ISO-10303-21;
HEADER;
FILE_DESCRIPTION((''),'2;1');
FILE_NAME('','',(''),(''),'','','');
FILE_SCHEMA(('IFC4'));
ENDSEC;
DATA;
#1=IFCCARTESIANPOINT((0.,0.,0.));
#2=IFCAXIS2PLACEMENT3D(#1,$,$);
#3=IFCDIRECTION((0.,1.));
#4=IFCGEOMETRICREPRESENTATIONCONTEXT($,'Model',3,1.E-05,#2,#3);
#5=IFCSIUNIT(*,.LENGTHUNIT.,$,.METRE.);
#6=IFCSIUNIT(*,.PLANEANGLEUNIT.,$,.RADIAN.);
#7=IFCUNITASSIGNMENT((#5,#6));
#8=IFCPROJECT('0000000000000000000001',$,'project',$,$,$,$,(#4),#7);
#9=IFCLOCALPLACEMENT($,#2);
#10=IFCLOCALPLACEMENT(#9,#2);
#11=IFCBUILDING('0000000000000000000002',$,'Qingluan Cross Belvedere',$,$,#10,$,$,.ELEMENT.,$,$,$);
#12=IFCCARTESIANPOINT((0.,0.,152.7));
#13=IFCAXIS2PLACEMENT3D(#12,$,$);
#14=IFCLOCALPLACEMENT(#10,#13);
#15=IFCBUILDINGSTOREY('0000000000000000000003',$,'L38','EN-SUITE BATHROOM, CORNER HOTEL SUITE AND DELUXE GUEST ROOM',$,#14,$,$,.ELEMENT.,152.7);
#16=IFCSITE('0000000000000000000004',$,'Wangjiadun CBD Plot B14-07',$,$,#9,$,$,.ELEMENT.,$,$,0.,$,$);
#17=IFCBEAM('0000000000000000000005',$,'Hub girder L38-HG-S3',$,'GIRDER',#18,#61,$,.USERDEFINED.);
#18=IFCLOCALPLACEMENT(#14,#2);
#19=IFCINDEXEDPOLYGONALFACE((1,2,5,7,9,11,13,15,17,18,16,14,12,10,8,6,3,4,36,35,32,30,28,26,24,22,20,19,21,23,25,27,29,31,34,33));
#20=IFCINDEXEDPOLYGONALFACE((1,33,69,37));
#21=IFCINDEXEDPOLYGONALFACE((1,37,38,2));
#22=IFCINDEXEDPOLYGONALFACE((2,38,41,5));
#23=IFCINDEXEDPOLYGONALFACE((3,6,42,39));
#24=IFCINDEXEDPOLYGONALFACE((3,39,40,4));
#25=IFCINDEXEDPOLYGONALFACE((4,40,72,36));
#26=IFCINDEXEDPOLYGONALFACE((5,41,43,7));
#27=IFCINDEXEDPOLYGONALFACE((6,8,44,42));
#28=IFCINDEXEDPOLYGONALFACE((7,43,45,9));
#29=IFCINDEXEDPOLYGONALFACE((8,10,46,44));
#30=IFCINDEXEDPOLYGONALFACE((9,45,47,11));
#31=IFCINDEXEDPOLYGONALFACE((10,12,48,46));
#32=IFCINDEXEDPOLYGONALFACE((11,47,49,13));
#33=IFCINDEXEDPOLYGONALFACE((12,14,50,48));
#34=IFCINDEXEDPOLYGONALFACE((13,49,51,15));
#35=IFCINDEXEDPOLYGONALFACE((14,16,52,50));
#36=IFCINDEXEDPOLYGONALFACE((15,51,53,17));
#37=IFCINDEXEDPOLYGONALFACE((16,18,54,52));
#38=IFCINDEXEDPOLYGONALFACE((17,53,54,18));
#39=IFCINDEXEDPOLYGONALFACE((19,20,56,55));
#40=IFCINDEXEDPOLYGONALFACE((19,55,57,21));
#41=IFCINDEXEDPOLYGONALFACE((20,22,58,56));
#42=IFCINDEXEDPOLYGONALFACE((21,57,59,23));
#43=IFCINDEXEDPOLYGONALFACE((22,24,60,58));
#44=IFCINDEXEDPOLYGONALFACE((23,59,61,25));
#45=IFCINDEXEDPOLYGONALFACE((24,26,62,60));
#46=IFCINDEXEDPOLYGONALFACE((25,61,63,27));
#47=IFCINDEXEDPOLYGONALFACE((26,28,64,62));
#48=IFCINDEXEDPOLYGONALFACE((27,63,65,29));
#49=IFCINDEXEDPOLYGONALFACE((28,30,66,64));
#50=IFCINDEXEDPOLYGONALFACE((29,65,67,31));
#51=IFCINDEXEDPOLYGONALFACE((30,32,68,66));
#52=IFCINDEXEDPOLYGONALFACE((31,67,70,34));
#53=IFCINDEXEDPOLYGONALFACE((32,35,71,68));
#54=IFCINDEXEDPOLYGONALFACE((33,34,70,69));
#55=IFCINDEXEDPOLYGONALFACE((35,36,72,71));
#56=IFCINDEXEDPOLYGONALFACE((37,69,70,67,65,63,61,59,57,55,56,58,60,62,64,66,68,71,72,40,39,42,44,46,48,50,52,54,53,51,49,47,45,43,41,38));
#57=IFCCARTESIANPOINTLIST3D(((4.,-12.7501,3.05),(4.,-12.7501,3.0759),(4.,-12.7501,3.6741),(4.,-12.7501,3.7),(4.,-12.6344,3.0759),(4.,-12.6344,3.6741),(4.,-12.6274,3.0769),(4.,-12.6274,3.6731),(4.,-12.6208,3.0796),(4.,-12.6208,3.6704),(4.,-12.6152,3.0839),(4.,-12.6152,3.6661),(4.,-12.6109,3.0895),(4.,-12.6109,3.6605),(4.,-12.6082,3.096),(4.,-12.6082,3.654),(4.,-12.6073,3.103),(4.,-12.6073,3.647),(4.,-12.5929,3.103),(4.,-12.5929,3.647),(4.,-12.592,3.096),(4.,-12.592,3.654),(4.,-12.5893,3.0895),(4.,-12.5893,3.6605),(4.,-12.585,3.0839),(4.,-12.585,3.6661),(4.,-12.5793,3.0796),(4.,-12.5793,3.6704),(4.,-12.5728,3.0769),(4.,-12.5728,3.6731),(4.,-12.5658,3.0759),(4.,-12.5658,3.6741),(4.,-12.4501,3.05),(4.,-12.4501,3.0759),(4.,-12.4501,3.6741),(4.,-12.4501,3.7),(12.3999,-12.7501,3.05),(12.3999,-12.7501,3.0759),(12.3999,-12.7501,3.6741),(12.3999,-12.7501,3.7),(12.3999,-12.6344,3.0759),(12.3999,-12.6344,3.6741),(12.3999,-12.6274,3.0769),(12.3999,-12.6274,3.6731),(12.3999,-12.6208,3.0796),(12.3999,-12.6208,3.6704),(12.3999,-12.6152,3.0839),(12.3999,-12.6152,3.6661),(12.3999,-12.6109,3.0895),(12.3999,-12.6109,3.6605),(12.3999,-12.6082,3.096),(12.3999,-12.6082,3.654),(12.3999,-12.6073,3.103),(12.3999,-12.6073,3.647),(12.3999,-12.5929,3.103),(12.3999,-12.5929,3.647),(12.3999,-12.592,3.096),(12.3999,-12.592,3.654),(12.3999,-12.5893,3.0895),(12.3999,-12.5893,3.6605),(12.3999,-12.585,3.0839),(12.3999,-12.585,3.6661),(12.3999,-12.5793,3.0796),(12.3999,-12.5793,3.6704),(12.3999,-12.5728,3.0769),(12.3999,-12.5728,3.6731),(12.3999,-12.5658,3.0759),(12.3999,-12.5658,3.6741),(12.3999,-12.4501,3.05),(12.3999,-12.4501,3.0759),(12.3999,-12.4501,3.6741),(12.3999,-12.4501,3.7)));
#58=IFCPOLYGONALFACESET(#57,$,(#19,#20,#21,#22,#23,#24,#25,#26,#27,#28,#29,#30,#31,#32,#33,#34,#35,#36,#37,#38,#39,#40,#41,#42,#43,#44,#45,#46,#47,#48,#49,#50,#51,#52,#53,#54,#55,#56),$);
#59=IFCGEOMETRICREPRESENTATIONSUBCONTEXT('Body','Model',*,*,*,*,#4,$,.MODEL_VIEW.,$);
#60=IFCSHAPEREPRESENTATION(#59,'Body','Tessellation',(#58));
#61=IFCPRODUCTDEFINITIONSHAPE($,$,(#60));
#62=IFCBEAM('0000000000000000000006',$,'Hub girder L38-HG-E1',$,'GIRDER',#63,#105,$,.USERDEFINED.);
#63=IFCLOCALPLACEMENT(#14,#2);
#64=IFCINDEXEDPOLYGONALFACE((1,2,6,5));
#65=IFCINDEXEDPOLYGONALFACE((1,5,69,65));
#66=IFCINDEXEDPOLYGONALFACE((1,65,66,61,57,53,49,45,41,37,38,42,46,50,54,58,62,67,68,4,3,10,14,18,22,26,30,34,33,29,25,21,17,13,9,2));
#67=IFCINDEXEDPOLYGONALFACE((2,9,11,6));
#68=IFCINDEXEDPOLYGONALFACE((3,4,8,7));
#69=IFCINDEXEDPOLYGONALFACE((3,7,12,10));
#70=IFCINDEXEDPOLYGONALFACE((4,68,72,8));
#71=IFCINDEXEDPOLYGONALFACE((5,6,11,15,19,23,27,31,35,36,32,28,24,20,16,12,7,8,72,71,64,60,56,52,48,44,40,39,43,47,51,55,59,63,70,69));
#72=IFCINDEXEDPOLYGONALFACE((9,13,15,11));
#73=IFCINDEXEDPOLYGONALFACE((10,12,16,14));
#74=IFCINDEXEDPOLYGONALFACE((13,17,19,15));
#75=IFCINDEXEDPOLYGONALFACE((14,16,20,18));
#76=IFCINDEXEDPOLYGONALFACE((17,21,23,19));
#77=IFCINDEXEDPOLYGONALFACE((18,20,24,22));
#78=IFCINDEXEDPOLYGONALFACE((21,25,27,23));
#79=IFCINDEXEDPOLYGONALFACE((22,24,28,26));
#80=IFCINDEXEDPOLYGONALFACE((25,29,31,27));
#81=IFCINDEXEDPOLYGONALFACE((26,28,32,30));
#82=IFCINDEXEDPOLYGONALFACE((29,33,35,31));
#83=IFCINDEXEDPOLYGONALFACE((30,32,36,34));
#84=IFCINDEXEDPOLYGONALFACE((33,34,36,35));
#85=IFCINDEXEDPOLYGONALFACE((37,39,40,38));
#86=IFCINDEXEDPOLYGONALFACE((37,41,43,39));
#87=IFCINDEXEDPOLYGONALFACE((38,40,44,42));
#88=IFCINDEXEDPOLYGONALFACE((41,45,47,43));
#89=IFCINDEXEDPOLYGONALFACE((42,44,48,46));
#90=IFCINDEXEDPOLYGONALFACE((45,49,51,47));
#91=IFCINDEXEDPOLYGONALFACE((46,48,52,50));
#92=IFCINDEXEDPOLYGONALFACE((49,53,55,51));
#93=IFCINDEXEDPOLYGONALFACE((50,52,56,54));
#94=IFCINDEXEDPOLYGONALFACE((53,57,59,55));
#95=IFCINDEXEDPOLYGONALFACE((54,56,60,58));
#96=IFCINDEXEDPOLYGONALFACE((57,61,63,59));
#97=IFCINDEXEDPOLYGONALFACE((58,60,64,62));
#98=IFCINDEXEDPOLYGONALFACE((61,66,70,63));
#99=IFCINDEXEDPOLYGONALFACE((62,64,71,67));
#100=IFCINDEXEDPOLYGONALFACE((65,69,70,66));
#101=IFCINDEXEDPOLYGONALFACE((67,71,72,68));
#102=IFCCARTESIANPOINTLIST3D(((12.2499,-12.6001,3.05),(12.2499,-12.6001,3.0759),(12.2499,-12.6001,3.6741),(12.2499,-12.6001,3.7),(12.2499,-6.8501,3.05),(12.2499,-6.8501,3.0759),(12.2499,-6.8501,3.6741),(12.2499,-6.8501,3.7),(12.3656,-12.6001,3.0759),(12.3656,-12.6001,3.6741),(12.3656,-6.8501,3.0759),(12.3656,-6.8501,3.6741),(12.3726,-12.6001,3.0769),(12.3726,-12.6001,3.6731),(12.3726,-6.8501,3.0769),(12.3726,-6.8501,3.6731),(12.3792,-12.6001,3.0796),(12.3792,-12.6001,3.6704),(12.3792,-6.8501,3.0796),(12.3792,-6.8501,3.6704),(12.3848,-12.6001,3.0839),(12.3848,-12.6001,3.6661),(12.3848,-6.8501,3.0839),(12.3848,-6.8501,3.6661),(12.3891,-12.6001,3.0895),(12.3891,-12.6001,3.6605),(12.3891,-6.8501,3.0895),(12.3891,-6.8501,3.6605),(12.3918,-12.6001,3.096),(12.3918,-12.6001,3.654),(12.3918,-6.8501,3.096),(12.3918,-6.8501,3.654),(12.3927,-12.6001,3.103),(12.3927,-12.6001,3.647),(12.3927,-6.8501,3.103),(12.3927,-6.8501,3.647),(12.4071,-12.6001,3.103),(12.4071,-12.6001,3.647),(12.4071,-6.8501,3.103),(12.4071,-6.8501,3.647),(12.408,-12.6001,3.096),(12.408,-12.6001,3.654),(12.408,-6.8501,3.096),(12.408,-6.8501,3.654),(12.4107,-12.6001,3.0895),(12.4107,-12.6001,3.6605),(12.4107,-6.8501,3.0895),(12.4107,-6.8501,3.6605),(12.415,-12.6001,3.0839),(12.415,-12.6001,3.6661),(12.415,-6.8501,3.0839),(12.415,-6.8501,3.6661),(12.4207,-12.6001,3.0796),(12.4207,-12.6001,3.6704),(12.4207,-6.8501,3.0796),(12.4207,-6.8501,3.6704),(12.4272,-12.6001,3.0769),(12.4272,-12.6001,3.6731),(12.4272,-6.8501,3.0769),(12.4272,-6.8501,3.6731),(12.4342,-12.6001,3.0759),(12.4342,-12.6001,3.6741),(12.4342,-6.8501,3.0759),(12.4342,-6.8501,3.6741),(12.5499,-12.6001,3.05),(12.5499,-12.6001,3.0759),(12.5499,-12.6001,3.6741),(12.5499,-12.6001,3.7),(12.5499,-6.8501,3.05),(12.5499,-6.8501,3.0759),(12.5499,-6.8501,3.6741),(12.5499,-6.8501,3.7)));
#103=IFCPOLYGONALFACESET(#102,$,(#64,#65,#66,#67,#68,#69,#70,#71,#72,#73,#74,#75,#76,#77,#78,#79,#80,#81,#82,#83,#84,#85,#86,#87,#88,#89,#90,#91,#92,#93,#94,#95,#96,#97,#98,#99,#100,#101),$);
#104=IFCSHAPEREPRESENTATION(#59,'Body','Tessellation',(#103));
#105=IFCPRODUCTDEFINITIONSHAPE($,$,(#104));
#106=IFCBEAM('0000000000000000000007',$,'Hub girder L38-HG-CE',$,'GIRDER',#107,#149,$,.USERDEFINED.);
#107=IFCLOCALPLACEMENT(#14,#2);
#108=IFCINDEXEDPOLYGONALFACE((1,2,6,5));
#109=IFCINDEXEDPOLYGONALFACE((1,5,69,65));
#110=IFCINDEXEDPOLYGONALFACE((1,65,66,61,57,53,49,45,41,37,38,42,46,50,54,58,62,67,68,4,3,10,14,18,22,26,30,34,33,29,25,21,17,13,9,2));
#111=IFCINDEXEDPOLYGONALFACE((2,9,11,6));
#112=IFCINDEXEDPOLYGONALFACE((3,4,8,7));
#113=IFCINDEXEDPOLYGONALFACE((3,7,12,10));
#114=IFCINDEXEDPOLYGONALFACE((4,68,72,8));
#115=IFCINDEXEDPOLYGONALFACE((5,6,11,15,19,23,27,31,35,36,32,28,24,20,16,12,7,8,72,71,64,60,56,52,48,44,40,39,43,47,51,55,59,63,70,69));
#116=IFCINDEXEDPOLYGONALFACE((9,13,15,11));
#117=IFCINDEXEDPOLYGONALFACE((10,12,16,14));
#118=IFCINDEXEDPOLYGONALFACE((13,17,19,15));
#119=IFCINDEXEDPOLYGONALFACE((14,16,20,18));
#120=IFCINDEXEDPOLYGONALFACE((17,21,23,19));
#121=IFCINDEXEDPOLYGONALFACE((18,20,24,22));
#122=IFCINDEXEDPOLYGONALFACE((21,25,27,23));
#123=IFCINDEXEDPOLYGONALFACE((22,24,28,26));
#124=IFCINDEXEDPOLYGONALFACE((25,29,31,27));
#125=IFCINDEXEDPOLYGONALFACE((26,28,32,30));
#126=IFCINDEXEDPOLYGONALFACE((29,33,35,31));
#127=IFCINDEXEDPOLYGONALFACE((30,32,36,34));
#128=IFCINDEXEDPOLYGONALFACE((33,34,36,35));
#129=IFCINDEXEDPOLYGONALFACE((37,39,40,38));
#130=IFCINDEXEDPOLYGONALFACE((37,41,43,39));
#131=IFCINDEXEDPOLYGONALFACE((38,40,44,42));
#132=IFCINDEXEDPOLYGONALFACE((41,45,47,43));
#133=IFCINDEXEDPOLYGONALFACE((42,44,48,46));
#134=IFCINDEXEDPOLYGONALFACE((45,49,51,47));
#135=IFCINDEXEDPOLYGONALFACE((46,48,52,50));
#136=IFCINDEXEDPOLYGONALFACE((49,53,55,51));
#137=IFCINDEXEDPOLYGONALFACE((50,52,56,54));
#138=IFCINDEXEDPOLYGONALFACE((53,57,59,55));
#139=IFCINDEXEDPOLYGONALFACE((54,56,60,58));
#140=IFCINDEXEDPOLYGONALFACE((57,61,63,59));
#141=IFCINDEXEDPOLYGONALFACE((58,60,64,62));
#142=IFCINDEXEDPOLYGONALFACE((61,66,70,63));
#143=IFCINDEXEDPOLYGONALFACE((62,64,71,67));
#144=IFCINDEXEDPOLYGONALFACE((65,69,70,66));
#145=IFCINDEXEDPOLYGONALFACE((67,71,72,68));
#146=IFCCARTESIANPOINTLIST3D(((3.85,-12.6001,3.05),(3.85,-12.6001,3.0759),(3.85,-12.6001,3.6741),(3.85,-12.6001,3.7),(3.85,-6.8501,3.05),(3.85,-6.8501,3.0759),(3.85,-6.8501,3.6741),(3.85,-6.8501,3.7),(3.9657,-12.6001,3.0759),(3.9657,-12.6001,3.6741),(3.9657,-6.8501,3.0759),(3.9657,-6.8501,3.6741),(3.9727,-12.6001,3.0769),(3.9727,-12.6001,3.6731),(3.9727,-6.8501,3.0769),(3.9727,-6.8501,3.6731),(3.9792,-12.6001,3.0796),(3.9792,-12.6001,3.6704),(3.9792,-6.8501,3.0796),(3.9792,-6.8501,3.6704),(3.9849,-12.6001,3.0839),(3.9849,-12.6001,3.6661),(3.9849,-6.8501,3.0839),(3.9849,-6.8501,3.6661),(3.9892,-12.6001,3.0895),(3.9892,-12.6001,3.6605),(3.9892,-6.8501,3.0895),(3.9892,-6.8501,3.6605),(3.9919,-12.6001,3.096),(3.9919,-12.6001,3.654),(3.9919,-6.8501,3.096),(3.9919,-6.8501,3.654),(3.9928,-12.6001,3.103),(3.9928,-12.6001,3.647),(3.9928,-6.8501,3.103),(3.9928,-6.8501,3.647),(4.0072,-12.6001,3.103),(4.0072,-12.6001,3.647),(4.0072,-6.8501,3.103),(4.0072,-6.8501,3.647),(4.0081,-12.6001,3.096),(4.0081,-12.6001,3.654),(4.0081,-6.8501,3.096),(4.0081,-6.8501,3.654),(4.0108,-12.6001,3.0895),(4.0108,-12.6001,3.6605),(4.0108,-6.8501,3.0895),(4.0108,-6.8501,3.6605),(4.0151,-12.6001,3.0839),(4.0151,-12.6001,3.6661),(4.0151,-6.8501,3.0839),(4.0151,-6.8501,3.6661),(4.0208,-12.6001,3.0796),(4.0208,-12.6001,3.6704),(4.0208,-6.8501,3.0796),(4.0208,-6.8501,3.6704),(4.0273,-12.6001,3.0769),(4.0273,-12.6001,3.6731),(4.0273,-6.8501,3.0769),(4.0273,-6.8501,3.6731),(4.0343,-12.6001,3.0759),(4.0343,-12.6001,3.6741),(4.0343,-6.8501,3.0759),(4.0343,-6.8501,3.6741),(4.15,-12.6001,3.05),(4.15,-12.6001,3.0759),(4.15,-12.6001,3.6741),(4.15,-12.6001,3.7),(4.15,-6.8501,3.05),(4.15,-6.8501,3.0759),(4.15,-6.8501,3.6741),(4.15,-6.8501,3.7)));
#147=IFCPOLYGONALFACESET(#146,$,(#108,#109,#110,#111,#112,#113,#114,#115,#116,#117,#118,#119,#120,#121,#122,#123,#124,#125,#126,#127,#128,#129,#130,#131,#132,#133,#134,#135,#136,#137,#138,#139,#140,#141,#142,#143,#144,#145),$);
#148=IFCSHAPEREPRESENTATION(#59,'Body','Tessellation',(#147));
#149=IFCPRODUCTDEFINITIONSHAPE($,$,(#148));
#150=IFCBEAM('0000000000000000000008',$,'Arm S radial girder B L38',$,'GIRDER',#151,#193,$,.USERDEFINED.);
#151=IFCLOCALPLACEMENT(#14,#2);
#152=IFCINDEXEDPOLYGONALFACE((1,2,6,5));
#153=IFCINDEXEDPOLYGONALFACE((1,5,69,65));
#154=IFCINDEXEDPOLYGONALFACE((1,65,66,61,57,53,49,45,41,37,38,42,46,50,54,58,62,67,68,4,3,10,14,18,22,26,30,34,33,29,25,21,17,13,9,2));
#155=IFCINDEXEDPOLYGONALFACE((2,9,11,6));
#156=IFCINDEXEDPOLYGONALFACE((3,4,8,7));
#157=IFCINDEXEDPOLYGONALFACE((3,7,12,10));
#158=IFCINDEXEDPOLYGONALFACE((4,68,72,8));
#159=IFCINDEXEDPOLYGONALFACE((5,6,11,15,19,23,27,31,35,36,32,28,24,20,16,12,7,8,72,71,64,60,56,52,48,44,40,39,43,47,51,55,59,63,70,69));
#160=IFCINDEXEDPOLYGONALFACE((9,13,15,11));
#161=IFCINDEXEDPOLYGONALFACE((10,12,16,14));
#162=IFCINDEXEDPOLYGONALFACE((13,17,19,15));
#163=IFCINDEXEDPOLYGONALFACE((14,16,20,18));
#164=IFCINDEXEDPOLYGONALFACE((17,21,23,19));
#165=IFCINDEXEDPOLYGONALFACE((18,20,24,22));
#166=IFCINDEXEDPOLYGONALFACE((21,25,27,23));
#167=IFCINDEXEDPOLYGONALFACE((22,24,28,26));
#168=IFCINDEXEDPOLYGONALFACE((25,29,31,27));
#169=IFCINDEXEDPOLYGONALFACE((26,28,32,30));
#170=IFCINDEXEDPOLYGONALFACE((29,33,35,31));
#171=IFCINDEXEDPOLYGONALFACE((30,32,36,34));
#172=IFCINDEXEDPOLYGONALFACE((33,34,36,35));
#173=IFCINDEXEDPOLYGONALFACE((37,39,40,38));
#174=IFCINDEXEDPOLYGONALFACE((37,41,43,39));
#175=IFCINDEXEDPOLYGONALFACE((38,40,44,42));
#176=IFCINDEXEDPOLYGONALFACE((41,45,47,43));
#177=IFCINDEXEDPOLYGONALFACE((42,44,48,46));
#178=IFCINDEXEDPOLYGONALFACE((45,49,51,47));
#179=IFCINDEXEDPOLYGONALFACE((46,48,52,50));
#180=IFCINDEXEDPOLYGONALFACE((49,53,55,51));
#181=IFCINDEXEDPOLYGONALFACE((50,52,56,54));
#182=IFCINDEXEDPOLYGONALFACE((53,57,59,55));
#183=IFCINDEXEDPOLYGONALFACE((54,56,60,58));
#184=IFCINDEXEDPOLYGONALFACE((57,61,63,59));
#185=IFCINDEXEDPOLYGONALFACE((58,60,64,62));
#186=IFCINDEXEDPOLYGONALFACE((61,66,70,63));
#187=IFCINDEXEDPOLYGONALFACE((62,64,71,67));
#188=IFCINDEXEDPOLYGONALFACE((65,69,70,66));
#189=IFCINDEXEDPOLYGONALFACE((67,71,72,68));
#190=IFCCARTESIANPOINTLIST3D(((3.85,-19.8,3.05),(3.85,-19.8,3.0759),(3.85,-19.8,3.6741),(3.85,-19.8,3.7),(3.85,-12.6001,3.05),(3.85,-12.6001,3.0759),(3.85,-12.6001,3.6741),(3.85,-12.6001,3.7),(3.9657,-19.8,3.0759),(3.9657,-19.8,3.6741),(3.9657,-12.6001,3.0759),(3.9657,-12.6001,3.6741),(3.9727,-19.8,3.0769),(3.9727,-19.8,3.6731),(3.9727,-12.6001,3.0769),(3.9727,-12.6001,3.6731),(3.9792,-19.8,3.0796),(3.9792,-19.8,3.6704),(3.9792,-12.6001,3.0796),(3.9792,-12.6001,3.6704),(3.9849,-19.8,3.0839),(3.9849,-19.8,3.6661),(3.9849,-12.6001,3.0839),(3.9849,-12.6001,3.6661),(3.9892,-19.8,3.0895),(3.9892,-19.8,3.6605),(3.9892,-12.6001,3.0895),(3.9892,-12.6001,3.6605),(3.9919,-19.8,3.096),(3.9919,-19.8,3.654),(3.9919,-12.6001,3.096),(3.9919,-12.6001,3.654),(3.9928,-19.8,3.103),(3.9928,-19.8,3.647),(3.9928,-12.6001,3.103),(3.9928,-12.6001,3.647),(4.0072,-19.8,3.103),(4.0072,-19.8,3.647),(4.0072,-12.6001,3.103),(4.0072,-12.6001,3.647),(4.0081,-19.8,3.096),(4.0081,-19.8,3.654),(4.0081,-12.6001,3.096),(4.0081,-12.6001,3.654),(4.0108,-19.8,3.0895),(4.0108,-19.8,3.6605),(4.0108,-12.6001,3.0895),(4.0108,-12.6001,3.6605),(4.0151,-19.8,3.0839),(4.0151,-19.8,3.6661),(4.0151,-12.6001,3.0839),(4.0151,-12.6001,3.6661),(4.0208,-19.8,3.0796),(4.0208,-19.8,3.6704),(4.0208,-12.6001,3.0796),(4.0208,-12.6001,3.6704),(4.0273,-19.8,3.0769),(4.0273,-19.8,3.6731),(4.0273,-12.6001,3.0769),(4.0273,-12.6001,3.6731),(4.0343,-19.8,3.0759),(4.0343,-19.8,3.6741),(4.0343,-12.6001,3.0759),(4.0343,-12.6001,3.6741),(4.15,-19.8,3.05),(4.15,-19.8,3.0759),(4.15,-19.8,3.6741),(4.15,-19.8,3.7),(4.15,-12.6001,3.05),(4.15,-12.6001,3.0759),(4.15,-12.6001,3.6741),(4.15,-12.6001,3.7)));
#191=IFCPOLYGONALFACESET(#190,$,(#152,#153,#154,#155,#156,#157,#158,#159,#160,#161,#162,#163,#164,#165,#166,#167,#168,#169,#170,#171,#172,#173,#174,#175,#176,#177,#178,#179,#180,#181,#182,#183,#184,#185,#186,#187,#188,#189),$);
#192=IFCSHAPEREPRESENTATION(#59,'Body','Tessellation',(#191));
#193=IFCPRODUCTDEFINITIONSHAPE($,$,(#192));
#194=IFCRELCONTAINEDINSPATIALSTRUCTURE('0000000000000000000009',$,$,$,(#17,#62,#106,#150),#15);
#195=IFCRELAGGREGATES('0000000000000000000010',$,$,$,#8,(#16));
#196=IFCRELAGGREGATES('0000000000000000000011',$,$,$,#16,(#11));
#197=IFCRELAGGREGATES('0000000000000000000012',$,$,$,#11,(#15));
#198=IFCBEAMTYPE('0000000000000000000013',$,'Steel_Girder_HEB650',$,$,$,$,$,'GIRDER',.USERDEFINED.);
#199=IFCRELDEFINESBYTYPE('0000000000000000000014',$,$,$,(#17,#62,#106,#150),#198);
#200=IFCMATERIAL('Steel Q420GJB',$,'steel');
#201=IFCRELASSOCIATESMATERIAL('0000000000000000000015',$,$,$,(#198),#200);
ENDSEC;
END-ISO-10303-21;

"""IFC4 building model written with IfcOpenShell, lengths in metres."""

from ifc_helpers import new_model, si_unit, direction, frame, origin, origin_2d, place, context, subcontext, project, spatial, i_section, extrude, material, material_profile, profile_set, type_object, element, save


model = new_model("IFC4")

# Units and contexts
model_context = context("Model", 3, precision=1e-05, world=origin(), true_north=direction((0.0, 1.0)))
body_context = subcontext(model_context, "Body", "Model", "MODEL_VIEW")
ifc_project = project(units=[si_unit("LENGTHUNIT", "METRE"), si_unit("PLANEANGLEUNIT", "RADIAN")], contexts=[model_context])

# Site, building, storey
site_placement = place(None, origin())
site = spatial("IfcSite", under=ifc_project, at=site_placement, Name="Wangjiadun CBD Plot B14-07", CompositionType="ELEMENT", RefElevation=0.0)
building_placement = place(site_placement, origin())
building = spatial("IfcBuilding", under=site, at=building_placement, Name="Qingluan Cross Belvedere", CompositionType="ELEMENT")
storey_placement = place(building_placement, frame((0.0, 0.0, 152.7)))
storey = spatial("IfcBuildingStorey", under=building, at=storey_placement, Name="L38", Description="EN-SUITE BATHROOM, CORNER HOTEL SUITE AND DELUXE GUEST ROOM", CompositionType="ELEMENT", Elevation=152.7)

# Beams
ifc_material_1 = material(Name="Steel Q420GJB", Category="steel")
ifc_material_profile_1 = material_profile(ifc_material_1, i_section(OverallWidth=0.3, OverallDepth=0.6499, WebThickness=0.0144, FlangeThickness=0.0259, FilletRadius=0.0271, at=origin_2d()), Name="HEB650")
ifc_profile_set_1 = profile_set([ifc_material_profile_1], Name="Steel Q420GJB")
beam_type_1 = type_object("IfcBeamType", Name="Steel_Girder_HEB650", ElementType="GIRDER", PredefinedType="USERDEFINED", material=ifc_profile_set_1)
beam_1_placement = place(storey_placement, frame((4.0, -12.6001, 3.375), z_axis=(1.0, 0.0, 0.0), x_axis=(0.0, 1.0, 0.0)))
element("IfcBeam", 1, at=beam_1_placement, inside=storey, type_object=beam_type_1, Name="Hub girder L38-HG-S3", ObjectType="GIRDER", PredefinedType="USERDEFINED", context=body_context, shape_type="SweptSolid", body=[
    extrude(i_section(OverallWidth=0.3, OverallDepth=0.6499, WebThickness=0.0144, FlangeThickness=0.0259, FilletRadius=0.0271, at=origin_2d()), origin(), (0.0, 0.0, 1.0), 8.3999),
])
for number, where, z_axis, x_axis, name in (
    (2, (12.3999, -12.6001, 3.375), (0.0, 1.0, 0.0), (-1.0, 0.0, 0.0), "Hub girder L38-HG-E1"),
    (3, (4.0, -12.6001, 3.375), (0.0, 1.0, 0.0), (-1.0, 0.0, 0.0), "Hub girder L38-HG-CE"),
):
    element("IfcBeam", number, at=place(storey_placement, frame(where, z_axis=z_axis, x_axis=x_axis)), inside=storey, type_object=beam_type_1, Name=name, ObjectType="GIRDER", PredefinedType="USERDEFINED", context=body_context, shape_type="SweptSolid", body=[
        extrude(i_section(OverallWidth=0.3, OverallDepth=0.6499, WebThickness=0.0144, FlangeThickness=0.0259, FilletRadius=0.0271, at=origin_2d()), origin(), (0.0, 0.0, 1.0), 5.75),
    ])
beam_2_placement = place(storey_placement, frame((4.0, -12.6001, 3.375), z_axis=(0.0, -1.0, 0.0), x_axis=(1.0, 0.0, 0.0)))
element("IfcBeam", 4, at=beam_2_placement, inside=storey, type_object=beam_type_1, Name="Arm S radial girder B L38", ObjectType="GIRDER", PredefinedType="USERDEFINED", context=body_context, shape_type="SweptSolid", body=[
    extrude(i_section(OverallWidth=0.3, OverallDepth=0.6499, WebThickness=0.0144, FlangeThickness=0.0259, FilletRadius=0.0271, at=origin_2d()), origin(), (0.0, 0.0, 1.0), 7.2),
])

save(model, "model.ifc")
